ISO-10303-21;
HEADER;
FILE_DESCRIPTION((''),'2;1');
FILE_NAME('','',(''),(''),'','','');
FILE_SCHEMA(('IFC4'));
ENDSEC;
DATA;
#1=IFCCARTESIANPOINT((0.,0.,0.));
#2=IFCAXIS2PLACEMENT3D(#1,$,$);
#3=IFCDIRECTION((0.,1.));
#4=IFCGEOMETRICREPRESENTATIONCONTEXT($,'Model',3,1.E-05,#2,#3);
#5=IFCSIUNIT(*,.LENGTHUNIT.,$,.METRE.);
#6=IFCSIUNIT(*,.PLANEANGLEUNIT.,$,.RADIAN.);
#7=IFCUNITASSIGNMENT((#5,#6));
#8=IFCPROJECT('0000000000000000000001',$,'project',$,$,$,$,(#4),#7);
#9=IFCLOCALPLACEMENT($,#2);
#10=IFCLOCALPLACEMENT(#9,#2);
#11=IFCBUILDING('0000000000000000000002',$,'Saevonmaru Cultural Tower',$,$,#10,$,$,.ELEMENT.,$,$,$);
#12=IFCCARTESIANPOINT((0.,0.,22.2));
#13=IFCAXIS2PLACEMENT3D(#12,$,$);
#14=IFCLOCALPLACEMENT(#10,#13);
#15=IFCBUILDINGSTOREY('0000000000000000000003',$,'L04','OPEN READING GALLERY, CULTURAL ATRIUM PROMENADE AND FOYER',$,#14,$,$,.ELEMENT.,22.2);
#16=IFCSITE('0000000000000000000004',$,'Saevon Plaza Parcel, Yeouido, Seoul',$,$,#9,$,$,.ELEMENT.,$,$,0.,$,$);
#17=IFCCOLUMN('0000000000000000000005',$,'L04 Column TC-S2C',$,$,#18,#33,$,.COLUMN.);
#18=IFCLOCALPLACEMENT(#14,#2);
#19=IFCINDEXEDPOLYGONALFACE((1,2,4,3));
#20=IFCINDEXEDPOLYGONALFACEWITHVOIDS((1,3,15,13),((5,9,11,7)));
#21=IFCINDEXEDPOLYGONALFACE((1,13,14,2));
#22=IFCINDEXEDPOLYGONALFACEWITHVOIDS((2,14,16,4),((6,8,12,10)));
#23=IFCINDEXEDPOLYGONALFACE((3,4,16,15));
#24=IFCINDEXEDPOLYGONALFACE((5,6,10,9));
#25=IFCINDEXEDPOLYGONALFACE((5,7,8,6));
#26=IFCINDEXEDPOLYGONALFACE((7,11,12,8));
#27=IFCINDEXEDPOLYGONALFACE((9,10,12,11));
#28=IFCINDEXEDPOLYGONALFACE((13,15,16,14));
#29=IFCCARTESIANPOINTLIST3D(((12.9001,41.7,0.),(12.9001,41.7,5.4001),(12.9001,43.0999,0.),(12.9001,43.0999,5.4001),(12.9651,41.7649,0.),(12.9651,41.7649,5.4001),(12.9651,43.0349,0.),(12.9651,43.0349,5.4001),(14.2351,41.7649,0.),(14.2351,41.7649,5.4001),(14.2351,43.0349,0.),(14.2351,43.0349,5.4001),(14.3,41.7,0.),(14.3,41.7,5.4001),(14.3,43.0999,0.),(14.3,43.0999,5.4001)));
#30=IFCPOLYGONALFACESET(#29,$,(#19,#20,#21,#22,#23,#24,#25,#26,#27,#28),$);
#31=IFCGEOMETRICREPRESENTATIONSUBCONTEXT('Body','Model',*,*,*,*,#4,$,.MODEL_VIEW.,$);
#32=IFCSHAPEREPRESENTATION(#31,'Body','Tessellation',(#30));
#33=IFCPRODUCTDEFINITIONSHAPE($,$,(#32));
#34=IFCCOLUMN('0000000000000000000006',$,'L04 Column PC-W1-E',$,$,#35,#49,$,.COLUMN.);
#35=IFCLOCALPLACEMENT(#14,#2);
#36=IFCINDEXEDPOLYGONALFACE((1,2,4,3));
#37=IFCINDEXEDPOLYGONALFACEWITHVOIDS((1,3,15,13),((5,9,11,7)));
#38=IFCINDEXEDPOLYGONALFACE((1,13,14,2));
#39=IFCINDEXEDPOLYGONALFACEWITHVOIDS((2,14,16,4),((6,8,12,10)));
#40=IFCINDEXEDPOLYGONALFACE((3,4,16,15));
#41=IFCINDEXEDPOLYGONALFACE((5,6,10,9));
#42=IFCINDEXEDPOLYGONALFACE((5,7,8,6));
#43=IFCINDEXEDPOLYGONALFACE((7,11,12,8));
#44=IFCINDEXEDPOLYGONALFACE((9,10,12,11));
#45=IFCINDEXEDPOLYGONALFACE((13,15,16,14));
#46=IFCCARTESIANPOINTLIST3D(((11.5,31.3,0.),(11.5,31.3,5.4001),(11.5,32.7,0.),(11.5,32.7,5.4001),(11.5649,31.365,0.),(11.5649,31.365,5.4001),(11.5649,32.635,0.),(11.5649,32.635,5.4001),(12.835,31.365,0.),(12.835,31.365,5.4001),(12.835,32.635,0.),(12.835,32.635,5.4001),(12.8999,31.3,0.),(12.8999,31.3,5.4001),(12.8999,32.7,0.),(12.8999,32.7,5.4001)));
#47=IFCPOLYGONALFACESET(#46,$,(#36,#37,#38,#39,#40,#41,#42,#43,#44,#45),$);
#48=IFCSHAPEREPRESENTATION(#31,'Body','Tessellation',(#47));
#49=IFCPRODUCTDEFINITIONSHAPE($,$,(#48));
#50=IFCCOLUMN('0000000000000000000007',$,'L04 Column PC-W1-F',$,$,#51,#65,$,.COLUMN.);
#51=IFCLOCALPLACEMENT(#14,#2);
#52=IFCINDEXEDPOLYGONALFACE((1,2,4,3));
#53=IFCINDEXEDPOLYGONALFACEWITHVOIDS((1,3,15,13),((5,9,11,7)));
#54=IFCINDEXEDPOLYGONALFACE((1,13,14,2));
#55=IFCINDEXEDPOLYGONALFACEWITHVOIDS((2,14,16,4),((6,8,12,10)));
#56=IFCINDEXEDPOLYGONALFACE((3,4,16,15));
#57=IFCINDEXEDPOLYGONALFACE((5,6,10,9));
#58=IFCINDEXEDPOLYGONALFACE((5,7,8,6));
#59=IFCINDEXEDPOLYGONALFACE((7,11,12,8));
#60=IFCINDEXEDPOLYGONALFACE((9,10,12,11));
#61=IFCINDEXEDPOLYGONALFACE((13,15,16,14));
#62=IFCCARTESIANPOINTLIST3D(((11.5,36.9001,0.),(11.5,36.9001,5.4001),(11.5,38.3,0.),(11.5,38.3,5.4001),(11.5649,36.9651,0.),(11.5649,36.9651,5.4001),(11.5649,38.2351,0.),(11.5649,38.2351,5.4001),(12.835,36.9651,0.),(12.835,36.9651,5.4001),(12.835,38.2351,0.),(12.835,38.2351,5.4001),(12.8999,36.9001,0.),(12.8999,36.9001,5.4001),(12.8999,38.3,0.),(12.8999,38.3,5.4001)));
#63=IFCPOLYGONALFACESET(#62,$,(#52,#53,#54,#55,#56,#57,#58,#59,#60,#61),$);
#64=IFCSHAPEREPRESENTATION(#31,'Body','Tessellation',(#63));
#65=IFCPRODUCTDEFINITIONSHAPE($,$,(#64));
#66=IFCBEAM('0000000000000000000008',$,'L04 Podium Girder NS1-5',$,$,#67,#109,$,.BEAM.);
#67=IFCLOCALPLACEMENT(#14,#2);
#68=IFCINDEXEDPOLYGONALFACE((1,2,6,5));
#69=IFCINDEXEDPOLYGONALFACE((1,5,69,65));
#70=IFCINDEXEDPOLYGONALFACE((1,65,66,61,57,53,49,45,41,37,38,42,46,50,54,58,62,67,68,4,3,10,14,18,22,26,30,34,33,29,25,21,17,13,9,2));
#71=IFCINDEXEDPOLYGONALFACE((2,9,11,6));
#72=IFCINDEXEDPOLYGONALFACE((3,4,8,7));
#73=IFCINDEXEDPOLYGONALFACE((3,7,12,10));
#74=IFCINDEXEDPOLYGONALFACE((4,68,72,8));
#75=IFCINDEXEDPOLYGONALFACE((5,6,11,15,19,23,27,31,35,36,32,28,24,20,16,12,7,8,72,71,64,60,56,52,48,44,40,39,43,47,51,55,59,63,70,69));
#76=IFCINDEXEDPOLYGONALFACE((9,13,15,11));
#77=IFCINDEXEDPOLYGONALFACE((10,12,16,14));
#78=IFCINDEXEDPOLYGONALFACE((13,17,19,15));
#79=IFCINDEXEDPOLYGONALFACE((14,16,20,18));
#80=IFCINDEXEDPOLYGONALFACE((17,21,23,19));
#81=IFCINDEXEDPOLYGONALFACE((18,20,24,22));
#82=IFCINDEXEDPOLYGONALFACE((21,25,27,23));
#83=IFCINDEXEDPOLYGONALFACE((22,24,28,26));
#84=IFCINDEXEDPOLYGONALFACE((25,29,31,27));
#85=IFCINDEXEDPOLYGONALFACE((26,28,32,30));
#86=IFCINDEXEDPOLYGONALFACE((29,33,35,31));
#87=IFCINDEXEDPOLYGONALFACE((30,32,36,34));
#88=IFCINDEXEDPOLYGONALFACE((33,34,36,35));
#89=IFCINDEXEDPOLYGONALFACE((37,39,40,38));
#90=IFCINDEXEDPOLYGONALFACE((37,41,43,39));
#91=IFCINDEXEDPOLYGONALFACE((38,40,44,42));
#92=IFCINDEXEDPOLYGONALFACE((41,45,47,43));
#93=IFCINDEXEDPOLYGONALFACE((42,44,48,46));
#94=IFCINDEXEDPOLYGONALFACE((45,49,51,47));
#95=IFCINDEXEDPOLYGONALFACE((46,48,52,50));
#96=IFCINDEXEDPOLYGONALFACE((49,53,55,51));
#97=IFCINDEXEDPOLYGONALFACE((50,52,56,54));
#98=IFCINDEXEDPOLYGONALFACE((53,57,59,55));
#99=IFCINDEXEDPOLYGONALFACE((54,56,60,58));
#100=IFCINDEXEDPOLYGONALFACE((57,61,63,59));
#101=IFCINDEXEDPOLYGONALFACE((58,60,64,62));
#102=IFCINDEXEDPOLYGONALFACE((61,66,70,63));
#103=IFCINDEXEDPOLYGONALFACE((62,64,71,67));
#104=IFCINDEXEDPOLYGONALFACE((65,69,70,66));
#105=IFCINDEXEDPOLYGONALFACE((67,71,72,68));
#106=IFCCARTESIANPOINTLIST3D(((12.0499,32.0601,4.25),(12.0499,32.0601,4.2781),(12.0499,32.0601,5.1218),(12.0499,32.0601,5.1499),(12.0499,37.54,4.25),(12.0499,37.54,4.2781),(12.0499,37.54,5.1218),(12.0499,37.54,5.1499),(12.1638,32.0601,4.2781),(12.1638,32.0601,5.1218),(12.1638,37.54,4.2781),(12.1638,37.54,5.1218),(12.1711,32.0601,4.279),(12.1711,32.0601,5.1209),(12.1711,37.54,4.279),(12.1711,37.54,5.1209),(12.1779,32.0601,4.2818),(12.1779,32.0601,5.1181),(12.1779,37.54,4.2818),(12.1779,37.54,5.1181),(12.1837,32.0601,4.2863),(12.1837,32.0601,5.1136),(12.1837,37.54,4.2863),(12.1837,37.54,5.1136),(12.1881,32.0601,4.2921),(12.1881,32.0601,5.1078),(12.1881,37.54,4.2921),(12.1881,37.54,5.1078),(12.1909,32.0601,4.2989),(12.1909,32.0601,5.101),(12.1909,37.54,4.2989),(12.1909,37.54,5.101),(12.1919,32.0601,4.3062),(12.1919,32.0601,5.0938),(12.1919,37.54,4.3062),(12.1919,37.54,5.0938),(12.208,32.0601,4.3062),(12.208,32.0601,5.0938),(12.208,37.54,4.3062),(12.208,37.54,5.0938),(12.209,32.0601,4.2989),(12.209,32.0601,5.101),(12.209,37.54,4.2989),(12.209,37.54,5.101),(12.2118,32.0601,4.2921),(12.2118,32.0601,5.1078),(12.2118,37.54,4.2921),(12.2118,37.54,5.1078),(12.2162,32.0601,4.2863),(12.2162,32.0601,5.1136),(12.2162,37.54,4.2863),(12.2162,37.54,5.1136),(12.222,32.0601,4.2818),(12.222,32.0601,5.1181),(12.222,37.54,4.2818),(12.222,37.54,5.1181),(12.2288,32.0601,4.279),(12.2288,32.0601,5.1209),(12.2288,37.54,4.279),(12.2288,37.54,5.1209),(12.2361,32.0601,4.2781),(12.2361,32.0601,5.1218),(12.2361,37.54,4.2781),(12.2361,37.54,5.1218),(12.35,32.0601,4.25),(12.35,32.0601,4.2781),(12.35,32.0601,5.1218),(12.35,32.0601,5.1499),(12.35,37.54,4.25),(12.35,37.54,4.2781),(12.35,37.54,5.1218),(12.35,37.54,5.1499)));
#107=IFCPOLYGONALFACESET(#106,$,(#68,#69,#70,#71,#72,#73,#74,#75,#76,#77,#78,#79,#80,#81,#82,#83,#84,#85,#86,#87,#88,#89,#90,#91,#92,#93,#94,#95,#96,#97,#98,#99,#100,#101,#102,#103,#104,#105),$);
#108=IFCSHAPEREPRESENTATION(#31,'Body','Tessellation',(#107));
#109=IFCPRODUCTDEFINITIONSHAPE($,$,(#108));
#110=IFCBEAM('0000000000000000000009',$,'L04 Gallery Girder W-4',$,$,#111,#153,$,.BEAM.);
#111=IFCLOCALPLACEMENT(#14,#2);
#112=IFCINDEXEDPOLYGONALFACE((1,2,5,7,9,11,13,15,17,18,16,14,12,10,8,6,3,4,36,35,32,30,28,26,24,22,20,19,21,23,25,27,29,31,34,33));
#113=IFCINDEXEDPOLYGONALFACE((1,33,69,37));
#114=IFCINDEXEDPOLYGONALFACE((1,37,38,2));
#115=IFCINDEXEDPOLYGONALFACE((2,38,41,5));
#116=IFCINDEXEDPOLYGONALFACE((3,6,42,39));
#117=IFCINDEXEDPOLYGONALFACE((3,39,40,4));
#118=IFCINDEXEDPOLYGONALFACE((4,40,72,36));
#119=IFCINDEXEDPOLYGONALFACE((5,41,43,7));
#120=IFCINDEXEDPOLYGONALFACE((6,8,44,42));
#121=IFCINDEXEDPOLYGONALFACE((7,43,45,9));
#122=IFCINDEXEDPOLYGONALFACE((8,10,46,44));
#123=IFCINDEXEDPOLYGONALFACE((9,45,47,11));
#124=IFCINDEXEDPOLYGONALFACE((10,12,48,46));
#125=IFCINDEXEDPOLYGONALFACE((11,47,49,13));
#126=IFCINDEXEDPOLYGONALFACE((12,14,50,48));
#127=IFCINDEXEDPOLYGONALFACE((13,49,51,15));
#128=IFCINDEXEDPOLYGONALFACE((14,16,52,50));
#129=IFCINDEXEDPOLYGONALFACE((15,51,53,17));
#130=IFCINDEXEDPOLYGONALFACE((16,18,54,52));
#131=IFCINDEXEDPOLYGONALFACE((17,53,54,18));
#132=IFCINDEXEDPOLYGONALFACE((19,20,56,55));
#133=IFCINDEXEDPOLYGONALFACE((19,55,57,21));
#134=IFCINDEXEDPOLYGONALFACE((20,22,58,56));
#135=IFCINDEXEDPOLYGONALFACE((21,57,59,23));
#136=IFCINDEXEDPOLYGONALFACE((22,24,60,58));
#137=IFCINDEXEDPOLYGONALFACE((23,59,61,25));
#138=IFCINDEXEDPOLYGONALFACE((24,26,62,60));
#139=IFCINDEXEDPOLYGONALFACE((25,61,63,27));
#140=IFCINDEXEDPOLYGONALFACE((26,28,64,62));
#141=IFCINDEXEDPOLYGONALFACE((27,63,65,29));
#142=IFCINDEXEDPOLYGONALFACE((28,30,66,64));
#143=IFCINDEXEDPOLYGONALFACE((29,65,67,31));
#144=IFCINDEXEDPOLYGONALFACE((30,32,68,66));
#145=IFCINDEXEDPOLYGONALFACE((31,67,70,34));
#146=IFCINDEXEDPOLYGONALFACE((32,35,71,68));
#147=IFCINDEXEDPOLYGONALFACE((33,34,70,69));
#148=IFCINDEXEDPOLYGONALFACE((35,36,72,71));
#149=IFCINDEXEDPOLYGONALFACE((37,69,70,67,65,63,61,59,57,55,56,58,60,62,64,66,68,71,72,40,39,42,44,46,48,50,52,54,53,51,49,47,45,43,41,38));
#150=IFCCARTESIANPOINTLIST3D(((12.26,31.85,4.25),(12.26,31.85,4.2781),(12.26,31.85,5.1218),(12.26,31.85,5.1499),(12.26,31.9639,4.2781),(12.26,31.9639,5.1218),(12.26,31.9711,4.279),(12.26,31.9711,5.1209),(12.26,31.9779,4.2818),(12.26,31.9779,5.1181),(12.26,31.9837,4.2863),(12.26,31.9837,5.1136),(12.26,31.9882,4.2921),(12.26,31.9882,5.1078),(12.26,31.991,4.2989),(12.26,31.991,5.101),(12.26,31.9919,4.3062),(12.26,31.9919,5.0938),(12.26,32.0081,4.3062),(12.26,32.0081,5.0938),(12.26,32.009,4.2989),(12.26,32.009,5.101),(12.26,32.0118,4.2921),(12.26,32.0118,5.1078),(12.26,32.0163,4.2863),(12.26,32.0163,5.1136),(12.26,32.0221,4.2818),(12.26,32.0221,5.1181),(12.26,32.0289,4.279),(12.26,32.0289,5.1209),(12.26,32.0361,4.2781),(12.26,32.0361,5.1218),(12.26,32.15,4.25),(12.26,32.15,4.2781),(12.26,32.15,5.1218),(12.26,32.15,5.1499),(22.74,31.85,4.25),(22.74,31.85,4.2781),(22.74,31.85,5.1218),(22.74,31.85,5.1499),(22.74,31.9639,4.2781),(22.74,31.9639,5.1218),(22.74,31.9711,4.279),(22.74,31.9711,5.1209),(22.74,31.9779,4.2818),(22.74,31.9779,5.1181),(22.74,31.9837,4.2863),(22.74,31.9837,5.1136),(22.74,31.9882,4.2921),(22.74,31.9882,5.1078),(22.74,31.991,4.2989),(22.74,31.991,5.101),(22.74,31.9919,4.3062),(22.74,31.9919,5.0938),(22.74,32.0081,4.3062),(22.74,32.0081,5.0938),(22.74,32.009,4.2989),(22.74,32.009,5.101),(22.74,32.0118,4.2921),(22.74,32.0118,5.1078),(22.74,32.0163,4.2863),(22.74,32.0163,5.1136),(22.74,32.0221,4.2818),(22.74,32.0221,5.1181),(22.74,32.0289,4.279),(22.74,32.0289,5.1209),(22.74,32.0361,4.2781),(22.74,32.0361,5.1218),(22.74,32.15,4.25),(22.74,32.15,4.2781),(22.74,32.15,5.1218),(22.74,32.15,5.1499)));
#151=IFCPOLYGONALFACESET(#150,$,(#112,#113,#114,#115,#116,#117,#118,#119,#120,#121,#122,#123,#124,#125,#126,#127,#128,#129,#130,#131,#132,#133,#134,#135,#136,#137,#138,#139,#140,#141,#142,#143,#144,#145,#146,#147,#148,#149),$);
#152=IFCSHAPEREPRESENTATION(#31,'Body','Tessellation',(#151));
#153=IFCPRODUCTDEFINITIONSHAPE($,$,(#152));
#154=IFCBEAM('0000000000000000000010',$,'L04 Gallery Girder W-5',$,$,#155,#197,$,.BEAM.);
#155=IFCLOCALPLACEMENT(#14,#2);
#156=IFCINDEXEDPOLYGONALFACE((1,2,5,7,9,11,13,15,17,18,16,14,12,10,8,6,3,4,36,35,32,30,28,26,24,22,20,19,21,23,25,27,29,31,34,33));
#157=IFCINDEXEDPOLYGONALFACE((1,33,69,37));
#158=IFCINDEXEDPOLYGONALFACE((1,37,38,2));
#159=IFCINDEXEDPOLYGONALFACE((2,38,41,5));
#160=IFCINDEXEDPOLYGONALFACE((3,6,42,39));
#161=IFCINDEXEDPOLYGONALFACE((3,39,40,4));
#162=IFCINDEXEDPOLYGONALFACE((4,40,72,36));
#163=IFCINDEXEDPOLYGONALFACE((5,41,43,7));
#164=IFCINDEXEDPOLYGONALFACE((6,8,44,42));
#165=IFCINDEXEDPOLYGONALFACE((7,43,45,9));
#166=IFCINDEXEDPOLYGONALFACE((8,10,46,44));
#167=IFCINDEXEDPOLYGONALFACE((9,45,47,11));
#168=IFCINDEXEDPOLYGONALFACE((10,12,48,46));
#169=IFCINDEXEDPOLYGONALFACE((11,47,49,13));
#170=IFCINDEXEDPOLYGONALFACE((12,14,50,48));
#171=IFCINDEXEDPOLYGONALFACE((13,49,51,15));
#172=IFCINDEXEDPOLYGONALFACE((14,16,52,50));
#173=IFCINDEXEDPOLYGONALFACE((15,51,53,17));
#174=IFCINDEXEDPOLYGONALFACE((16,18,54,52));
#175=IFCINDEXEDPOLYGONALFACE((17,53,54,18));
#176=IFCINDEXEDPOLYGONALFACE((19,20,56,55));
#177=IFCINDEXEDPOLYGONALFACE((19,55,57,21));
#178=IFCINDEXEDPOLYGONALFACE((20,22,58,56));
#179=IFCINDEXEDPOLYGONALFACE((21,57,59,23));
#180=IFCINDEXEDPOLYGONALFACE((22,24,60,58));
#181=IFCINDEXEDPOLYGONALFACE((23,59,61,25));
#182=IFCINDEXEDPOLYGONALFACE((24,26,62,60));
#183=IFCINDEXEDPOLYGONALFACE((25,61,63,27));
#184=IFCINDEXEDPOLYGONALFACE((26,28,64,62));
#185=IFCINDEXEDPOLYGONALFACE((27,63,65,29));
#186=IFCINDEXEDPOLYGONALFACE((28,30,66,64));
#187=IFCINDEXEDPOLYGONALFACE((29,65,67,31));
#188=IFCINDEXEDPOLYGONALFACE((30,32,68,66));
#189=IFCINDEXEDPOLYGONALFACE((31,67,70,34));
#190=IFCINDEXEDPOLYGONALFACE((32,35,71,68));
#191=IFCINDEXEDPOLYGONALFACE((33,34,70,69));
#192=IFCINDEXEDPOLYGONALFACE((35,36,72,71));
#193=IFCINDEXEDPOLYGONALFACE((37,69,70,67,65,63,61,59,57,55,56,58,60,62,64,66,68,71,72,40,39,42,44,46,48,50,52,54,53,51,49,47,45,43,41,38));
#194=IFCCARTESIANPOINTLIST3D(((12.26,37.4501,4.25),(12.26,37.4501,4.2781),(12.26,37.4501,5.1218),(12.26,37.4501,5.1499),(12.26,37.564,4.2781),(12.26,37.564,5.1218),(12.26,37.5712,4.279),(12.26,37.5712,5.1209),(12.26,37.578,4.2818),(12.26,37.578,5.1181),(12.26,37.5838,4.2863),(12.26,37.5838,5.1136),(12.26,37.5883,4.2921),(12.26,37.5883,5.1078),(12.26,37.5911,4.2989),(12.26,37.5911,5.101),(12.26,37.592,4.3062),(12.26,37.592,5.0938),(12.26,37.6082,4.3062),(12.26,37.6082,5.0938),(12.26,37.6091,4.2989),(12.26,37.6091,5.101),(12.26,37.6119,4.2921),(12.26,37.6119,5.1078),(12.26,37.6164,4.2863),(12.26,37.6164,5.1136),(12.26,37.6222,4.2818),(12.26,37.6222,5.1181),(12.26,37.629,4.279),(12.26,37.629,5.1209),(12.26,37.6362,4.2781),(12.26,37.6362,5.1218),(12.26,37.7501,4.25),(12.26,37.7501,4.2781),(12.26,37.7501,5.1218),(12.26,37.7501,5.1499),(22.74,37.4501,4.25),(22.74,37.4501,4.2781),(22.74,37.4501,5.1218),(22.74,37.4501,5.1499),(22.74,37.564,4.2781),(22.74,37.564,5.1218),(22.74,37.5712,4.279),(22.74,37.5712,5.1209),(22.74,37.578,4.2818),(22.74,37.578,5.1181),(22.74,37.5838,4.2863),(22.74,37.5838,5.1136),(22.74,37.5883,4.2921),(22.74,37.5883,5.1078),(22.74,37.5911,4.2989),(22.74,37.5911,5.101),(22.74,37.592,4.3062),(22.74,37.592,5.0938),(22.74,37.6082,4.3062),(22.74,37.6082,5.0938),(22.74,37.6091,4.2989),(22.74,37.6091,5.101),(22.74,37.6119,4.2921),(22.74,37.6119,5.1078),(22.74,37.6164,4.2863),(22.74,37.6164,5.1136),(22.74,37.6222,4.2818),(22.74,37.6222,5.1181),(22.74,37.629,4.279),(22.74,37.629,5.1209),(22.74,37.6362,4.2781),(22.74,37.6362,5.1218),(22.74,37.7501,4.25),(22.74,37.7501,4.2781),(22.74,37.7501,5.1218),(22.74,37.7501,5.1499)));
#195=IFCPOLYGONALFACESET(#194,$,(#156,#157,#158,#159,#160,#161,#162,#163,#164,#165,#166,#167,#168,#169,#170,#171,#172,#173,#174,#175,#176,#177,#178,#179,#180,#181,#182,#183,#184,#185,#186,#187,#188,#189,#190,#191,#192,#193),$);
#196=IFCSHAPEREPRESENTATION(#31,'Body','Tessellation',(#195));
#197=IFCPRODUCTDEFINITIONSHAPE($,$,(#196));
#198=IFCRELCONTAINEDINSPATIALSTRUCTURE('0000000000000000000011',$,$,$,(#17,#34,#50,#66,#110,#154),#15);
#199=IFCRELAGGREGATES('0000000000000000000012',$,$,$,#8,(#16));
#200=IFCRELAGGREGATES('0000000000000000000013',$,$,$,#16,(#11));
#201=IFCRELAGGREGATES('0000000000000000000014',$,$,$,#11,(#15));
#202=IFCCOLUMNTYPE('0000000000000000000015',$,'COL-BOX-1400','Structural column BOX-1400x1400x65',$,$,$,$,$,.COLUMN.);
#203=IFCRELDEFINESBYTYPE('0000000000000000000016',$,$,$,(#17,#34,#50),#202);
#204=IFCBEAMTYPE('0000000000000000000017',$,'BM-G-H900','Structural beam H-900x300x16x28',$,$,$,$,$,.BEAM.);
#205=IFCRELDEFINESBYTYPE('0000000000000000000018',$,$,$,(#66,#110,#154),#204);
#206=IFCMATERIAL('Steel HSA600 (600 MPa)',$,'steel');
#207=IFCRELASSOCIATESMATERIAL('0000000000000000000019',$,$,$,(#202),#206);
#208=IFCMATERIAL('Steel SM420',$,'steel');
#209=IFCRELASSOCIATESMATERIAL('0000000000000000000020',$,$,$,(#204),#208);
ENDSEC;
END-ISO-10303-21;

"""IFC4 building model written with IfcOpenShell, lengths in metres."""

from ifc_helpers import new_model, si_unit, direction, frame, origin, origin_2d, place, context, subcontext, project, spatial, hollow_rectangle, i_section, extrude, material, material_profile, profile_set, type_object, element, save


model = new_model("IFC4")

# Units and contexts
model_context = context("Model", 3, precision=1e-05, world=origin(), true_north=direction((0.0, 1.0)))
body_context = subcontext(model_context, "Body", "Model", "MODEL_VIEW")
ifc_project = project(units=[si_unit("LENGTHUNIT", "METRE"), si_unit("PLANEANGLEUNIT", "RADIAN")], contexts=[model_context])

# Site, building, storey
site_placement = place(None, origin())
site = spatial("IfcSite", under=ifc_project, at=site_placement, Name="Saevon Plaza Parcel, Yeouido, Seoul", CompositionType="ELEMENT", RefElevation=0.0)
building_placement = place(site_placement, origin())
building = spatial("IfcBuilding", under=site, at=building_placement, Name="Saevonmaru Cultural Tower", CompositionType="ELEMENT")
storey_placement = place(building_placement, frame((0.0, 0.0, 22.2)))
storey = spatial("IfcBuildingStorey", under=building, at=storey_placement, Name="L04", Description="OPEN READING GALLERY, CULTURAL ATRIUM PROMENADE AND FOYER", CompositionType="ELEMENT", Elevation=22.2)

# Columns
ifc_material_1 = material(Name="Steel HSA600 (600 MPa)", Category="steel")
ifc_material_profile_1 = material_profile(ifc_material_1, hollow_rectangle(XDim=1.3999, YDim=1.3999, WallThickness=0.0649, at=origin_2d()), Name="BOX-1400x1400x65")
ifc_profile_set_1 = profile_set([ifc_material_profile_1], Name="Steel HSA600 (600 MPa)")
column_type = type_object("IfcColumnType", Name="COL-BOX-1400", Description="Structural column BOX-1400x1400x65", PredefinedType="COLUMN", material=ifc_profile_set_1)
for number, where, z_axis, x_axis, name in (
    (1, (13.6001, 42.3999, 0.0), (0.0, 0.0, 1.0), (1.0, 0.0, 0.0), "L04 Column TC-S2C"),
    (2, (12.2, 32.0, 0.0), (0.0, 0.0, 1.0), (1.0, 0.0, 0.0), "L04 Column PC-W1-E"),
    (3, (12.2, 37.6001, 0.0), (0.0, 0.0, 1.0), (1.0, 0.0, 0.0), "L04 Column PC-W1-F"),
):
    element("IfcColumn", number, at=place(storey_placement, frame(where, z_axis=z_axis, x_axis=x_axis)), inside=storey, type_object=column_type, Name=name, PredefinedType="COLUMN", context=body_context, shape_type="SweptSolid", body=[
        extrude(hollow_rectangle(XDim=1.3999, YDim=1.3999, WallThickness=0.0649, at=origin_2d()), origin(), (0.0, 0.0, 1.0), 5.4001),
    ])

# Beams
ifc_material_2 = material(Name="Steel SM420", Category="steel")
ifc_material_profile_2 = material_profile(ifc_material_2, i_section(OverallWidth=0.3, OverallDepth=0.8999, WebThickness=0.0161, FlangeThickness=0.0281, FilletRadius=0.0281, at=origin_2d()), Name="H-900x300x16x28")
ifc_profile_set_2 = profile_set([ifc_material_profile_2], Name="Steel SM420")
beam_type_1 = type_object("IfcBeamType", Name="BM-G-H900", Description="Structural beam H-900x300x16x28", PredefinedType="BEAM", material=ifc_profile_set_2)
beam_1_placement = place(storey_placement, frame((12.2, 32.0601, 4.7), z_axis=(0.0, 1.0, 0.0), x_axis=(-1.0, 0.0, 0.0)))
element("IfcBeam", 4, at=beam_1_placement, inside=storey, type_object=beam_type_1, Name="L04 Podium Girder NS1-5", PredefinedType="BEAM", context=body_context, shape_type="SweptSolid", body=[
    extrude(i_section(OverallWidth=0.3, OverallDepth=0.8999, WebThickness=0.0161, FlangeThickness=0.0281, FilletRadius=0.0281, at=origin_2d()), origin(), (0.0, 0.0, 1.0), 5.48),
])
for number, where, z_axis, x_axis, name in (
    (5, (12.26, 32.0, 4.7), (1.0, 0.0, 0.0), (0.0, 1.0, 0.0), "L04 Gallery Girder W-4"),
    (6, (12.26, 37.6001, 4.7), (1.0, 0.0, 0.0), (0.0, 1.0, 0.0), "L04 Gallery Girder W-5"),
):
    element("IfcBeam", number, at=place(storey_placement, frame(where, z_axis=z_axis, x_axis=x_axis)), inside=storey, type_object=beam_type_1, Name=name, PredefinedType="BEAM", context=body_context, shape_type="SweptSolid", body=[
        extrude(i_section(OverallWidth=0.3, OverallDepth=0.8999, WebThickness=0.0161, FlangeThickness=0.0281, FilletRadius=0.0281, at=origin_2d()), origin(), (0.0, 0.0, 1.0), 10.48),
    ])

save(model, "model.ifc")
